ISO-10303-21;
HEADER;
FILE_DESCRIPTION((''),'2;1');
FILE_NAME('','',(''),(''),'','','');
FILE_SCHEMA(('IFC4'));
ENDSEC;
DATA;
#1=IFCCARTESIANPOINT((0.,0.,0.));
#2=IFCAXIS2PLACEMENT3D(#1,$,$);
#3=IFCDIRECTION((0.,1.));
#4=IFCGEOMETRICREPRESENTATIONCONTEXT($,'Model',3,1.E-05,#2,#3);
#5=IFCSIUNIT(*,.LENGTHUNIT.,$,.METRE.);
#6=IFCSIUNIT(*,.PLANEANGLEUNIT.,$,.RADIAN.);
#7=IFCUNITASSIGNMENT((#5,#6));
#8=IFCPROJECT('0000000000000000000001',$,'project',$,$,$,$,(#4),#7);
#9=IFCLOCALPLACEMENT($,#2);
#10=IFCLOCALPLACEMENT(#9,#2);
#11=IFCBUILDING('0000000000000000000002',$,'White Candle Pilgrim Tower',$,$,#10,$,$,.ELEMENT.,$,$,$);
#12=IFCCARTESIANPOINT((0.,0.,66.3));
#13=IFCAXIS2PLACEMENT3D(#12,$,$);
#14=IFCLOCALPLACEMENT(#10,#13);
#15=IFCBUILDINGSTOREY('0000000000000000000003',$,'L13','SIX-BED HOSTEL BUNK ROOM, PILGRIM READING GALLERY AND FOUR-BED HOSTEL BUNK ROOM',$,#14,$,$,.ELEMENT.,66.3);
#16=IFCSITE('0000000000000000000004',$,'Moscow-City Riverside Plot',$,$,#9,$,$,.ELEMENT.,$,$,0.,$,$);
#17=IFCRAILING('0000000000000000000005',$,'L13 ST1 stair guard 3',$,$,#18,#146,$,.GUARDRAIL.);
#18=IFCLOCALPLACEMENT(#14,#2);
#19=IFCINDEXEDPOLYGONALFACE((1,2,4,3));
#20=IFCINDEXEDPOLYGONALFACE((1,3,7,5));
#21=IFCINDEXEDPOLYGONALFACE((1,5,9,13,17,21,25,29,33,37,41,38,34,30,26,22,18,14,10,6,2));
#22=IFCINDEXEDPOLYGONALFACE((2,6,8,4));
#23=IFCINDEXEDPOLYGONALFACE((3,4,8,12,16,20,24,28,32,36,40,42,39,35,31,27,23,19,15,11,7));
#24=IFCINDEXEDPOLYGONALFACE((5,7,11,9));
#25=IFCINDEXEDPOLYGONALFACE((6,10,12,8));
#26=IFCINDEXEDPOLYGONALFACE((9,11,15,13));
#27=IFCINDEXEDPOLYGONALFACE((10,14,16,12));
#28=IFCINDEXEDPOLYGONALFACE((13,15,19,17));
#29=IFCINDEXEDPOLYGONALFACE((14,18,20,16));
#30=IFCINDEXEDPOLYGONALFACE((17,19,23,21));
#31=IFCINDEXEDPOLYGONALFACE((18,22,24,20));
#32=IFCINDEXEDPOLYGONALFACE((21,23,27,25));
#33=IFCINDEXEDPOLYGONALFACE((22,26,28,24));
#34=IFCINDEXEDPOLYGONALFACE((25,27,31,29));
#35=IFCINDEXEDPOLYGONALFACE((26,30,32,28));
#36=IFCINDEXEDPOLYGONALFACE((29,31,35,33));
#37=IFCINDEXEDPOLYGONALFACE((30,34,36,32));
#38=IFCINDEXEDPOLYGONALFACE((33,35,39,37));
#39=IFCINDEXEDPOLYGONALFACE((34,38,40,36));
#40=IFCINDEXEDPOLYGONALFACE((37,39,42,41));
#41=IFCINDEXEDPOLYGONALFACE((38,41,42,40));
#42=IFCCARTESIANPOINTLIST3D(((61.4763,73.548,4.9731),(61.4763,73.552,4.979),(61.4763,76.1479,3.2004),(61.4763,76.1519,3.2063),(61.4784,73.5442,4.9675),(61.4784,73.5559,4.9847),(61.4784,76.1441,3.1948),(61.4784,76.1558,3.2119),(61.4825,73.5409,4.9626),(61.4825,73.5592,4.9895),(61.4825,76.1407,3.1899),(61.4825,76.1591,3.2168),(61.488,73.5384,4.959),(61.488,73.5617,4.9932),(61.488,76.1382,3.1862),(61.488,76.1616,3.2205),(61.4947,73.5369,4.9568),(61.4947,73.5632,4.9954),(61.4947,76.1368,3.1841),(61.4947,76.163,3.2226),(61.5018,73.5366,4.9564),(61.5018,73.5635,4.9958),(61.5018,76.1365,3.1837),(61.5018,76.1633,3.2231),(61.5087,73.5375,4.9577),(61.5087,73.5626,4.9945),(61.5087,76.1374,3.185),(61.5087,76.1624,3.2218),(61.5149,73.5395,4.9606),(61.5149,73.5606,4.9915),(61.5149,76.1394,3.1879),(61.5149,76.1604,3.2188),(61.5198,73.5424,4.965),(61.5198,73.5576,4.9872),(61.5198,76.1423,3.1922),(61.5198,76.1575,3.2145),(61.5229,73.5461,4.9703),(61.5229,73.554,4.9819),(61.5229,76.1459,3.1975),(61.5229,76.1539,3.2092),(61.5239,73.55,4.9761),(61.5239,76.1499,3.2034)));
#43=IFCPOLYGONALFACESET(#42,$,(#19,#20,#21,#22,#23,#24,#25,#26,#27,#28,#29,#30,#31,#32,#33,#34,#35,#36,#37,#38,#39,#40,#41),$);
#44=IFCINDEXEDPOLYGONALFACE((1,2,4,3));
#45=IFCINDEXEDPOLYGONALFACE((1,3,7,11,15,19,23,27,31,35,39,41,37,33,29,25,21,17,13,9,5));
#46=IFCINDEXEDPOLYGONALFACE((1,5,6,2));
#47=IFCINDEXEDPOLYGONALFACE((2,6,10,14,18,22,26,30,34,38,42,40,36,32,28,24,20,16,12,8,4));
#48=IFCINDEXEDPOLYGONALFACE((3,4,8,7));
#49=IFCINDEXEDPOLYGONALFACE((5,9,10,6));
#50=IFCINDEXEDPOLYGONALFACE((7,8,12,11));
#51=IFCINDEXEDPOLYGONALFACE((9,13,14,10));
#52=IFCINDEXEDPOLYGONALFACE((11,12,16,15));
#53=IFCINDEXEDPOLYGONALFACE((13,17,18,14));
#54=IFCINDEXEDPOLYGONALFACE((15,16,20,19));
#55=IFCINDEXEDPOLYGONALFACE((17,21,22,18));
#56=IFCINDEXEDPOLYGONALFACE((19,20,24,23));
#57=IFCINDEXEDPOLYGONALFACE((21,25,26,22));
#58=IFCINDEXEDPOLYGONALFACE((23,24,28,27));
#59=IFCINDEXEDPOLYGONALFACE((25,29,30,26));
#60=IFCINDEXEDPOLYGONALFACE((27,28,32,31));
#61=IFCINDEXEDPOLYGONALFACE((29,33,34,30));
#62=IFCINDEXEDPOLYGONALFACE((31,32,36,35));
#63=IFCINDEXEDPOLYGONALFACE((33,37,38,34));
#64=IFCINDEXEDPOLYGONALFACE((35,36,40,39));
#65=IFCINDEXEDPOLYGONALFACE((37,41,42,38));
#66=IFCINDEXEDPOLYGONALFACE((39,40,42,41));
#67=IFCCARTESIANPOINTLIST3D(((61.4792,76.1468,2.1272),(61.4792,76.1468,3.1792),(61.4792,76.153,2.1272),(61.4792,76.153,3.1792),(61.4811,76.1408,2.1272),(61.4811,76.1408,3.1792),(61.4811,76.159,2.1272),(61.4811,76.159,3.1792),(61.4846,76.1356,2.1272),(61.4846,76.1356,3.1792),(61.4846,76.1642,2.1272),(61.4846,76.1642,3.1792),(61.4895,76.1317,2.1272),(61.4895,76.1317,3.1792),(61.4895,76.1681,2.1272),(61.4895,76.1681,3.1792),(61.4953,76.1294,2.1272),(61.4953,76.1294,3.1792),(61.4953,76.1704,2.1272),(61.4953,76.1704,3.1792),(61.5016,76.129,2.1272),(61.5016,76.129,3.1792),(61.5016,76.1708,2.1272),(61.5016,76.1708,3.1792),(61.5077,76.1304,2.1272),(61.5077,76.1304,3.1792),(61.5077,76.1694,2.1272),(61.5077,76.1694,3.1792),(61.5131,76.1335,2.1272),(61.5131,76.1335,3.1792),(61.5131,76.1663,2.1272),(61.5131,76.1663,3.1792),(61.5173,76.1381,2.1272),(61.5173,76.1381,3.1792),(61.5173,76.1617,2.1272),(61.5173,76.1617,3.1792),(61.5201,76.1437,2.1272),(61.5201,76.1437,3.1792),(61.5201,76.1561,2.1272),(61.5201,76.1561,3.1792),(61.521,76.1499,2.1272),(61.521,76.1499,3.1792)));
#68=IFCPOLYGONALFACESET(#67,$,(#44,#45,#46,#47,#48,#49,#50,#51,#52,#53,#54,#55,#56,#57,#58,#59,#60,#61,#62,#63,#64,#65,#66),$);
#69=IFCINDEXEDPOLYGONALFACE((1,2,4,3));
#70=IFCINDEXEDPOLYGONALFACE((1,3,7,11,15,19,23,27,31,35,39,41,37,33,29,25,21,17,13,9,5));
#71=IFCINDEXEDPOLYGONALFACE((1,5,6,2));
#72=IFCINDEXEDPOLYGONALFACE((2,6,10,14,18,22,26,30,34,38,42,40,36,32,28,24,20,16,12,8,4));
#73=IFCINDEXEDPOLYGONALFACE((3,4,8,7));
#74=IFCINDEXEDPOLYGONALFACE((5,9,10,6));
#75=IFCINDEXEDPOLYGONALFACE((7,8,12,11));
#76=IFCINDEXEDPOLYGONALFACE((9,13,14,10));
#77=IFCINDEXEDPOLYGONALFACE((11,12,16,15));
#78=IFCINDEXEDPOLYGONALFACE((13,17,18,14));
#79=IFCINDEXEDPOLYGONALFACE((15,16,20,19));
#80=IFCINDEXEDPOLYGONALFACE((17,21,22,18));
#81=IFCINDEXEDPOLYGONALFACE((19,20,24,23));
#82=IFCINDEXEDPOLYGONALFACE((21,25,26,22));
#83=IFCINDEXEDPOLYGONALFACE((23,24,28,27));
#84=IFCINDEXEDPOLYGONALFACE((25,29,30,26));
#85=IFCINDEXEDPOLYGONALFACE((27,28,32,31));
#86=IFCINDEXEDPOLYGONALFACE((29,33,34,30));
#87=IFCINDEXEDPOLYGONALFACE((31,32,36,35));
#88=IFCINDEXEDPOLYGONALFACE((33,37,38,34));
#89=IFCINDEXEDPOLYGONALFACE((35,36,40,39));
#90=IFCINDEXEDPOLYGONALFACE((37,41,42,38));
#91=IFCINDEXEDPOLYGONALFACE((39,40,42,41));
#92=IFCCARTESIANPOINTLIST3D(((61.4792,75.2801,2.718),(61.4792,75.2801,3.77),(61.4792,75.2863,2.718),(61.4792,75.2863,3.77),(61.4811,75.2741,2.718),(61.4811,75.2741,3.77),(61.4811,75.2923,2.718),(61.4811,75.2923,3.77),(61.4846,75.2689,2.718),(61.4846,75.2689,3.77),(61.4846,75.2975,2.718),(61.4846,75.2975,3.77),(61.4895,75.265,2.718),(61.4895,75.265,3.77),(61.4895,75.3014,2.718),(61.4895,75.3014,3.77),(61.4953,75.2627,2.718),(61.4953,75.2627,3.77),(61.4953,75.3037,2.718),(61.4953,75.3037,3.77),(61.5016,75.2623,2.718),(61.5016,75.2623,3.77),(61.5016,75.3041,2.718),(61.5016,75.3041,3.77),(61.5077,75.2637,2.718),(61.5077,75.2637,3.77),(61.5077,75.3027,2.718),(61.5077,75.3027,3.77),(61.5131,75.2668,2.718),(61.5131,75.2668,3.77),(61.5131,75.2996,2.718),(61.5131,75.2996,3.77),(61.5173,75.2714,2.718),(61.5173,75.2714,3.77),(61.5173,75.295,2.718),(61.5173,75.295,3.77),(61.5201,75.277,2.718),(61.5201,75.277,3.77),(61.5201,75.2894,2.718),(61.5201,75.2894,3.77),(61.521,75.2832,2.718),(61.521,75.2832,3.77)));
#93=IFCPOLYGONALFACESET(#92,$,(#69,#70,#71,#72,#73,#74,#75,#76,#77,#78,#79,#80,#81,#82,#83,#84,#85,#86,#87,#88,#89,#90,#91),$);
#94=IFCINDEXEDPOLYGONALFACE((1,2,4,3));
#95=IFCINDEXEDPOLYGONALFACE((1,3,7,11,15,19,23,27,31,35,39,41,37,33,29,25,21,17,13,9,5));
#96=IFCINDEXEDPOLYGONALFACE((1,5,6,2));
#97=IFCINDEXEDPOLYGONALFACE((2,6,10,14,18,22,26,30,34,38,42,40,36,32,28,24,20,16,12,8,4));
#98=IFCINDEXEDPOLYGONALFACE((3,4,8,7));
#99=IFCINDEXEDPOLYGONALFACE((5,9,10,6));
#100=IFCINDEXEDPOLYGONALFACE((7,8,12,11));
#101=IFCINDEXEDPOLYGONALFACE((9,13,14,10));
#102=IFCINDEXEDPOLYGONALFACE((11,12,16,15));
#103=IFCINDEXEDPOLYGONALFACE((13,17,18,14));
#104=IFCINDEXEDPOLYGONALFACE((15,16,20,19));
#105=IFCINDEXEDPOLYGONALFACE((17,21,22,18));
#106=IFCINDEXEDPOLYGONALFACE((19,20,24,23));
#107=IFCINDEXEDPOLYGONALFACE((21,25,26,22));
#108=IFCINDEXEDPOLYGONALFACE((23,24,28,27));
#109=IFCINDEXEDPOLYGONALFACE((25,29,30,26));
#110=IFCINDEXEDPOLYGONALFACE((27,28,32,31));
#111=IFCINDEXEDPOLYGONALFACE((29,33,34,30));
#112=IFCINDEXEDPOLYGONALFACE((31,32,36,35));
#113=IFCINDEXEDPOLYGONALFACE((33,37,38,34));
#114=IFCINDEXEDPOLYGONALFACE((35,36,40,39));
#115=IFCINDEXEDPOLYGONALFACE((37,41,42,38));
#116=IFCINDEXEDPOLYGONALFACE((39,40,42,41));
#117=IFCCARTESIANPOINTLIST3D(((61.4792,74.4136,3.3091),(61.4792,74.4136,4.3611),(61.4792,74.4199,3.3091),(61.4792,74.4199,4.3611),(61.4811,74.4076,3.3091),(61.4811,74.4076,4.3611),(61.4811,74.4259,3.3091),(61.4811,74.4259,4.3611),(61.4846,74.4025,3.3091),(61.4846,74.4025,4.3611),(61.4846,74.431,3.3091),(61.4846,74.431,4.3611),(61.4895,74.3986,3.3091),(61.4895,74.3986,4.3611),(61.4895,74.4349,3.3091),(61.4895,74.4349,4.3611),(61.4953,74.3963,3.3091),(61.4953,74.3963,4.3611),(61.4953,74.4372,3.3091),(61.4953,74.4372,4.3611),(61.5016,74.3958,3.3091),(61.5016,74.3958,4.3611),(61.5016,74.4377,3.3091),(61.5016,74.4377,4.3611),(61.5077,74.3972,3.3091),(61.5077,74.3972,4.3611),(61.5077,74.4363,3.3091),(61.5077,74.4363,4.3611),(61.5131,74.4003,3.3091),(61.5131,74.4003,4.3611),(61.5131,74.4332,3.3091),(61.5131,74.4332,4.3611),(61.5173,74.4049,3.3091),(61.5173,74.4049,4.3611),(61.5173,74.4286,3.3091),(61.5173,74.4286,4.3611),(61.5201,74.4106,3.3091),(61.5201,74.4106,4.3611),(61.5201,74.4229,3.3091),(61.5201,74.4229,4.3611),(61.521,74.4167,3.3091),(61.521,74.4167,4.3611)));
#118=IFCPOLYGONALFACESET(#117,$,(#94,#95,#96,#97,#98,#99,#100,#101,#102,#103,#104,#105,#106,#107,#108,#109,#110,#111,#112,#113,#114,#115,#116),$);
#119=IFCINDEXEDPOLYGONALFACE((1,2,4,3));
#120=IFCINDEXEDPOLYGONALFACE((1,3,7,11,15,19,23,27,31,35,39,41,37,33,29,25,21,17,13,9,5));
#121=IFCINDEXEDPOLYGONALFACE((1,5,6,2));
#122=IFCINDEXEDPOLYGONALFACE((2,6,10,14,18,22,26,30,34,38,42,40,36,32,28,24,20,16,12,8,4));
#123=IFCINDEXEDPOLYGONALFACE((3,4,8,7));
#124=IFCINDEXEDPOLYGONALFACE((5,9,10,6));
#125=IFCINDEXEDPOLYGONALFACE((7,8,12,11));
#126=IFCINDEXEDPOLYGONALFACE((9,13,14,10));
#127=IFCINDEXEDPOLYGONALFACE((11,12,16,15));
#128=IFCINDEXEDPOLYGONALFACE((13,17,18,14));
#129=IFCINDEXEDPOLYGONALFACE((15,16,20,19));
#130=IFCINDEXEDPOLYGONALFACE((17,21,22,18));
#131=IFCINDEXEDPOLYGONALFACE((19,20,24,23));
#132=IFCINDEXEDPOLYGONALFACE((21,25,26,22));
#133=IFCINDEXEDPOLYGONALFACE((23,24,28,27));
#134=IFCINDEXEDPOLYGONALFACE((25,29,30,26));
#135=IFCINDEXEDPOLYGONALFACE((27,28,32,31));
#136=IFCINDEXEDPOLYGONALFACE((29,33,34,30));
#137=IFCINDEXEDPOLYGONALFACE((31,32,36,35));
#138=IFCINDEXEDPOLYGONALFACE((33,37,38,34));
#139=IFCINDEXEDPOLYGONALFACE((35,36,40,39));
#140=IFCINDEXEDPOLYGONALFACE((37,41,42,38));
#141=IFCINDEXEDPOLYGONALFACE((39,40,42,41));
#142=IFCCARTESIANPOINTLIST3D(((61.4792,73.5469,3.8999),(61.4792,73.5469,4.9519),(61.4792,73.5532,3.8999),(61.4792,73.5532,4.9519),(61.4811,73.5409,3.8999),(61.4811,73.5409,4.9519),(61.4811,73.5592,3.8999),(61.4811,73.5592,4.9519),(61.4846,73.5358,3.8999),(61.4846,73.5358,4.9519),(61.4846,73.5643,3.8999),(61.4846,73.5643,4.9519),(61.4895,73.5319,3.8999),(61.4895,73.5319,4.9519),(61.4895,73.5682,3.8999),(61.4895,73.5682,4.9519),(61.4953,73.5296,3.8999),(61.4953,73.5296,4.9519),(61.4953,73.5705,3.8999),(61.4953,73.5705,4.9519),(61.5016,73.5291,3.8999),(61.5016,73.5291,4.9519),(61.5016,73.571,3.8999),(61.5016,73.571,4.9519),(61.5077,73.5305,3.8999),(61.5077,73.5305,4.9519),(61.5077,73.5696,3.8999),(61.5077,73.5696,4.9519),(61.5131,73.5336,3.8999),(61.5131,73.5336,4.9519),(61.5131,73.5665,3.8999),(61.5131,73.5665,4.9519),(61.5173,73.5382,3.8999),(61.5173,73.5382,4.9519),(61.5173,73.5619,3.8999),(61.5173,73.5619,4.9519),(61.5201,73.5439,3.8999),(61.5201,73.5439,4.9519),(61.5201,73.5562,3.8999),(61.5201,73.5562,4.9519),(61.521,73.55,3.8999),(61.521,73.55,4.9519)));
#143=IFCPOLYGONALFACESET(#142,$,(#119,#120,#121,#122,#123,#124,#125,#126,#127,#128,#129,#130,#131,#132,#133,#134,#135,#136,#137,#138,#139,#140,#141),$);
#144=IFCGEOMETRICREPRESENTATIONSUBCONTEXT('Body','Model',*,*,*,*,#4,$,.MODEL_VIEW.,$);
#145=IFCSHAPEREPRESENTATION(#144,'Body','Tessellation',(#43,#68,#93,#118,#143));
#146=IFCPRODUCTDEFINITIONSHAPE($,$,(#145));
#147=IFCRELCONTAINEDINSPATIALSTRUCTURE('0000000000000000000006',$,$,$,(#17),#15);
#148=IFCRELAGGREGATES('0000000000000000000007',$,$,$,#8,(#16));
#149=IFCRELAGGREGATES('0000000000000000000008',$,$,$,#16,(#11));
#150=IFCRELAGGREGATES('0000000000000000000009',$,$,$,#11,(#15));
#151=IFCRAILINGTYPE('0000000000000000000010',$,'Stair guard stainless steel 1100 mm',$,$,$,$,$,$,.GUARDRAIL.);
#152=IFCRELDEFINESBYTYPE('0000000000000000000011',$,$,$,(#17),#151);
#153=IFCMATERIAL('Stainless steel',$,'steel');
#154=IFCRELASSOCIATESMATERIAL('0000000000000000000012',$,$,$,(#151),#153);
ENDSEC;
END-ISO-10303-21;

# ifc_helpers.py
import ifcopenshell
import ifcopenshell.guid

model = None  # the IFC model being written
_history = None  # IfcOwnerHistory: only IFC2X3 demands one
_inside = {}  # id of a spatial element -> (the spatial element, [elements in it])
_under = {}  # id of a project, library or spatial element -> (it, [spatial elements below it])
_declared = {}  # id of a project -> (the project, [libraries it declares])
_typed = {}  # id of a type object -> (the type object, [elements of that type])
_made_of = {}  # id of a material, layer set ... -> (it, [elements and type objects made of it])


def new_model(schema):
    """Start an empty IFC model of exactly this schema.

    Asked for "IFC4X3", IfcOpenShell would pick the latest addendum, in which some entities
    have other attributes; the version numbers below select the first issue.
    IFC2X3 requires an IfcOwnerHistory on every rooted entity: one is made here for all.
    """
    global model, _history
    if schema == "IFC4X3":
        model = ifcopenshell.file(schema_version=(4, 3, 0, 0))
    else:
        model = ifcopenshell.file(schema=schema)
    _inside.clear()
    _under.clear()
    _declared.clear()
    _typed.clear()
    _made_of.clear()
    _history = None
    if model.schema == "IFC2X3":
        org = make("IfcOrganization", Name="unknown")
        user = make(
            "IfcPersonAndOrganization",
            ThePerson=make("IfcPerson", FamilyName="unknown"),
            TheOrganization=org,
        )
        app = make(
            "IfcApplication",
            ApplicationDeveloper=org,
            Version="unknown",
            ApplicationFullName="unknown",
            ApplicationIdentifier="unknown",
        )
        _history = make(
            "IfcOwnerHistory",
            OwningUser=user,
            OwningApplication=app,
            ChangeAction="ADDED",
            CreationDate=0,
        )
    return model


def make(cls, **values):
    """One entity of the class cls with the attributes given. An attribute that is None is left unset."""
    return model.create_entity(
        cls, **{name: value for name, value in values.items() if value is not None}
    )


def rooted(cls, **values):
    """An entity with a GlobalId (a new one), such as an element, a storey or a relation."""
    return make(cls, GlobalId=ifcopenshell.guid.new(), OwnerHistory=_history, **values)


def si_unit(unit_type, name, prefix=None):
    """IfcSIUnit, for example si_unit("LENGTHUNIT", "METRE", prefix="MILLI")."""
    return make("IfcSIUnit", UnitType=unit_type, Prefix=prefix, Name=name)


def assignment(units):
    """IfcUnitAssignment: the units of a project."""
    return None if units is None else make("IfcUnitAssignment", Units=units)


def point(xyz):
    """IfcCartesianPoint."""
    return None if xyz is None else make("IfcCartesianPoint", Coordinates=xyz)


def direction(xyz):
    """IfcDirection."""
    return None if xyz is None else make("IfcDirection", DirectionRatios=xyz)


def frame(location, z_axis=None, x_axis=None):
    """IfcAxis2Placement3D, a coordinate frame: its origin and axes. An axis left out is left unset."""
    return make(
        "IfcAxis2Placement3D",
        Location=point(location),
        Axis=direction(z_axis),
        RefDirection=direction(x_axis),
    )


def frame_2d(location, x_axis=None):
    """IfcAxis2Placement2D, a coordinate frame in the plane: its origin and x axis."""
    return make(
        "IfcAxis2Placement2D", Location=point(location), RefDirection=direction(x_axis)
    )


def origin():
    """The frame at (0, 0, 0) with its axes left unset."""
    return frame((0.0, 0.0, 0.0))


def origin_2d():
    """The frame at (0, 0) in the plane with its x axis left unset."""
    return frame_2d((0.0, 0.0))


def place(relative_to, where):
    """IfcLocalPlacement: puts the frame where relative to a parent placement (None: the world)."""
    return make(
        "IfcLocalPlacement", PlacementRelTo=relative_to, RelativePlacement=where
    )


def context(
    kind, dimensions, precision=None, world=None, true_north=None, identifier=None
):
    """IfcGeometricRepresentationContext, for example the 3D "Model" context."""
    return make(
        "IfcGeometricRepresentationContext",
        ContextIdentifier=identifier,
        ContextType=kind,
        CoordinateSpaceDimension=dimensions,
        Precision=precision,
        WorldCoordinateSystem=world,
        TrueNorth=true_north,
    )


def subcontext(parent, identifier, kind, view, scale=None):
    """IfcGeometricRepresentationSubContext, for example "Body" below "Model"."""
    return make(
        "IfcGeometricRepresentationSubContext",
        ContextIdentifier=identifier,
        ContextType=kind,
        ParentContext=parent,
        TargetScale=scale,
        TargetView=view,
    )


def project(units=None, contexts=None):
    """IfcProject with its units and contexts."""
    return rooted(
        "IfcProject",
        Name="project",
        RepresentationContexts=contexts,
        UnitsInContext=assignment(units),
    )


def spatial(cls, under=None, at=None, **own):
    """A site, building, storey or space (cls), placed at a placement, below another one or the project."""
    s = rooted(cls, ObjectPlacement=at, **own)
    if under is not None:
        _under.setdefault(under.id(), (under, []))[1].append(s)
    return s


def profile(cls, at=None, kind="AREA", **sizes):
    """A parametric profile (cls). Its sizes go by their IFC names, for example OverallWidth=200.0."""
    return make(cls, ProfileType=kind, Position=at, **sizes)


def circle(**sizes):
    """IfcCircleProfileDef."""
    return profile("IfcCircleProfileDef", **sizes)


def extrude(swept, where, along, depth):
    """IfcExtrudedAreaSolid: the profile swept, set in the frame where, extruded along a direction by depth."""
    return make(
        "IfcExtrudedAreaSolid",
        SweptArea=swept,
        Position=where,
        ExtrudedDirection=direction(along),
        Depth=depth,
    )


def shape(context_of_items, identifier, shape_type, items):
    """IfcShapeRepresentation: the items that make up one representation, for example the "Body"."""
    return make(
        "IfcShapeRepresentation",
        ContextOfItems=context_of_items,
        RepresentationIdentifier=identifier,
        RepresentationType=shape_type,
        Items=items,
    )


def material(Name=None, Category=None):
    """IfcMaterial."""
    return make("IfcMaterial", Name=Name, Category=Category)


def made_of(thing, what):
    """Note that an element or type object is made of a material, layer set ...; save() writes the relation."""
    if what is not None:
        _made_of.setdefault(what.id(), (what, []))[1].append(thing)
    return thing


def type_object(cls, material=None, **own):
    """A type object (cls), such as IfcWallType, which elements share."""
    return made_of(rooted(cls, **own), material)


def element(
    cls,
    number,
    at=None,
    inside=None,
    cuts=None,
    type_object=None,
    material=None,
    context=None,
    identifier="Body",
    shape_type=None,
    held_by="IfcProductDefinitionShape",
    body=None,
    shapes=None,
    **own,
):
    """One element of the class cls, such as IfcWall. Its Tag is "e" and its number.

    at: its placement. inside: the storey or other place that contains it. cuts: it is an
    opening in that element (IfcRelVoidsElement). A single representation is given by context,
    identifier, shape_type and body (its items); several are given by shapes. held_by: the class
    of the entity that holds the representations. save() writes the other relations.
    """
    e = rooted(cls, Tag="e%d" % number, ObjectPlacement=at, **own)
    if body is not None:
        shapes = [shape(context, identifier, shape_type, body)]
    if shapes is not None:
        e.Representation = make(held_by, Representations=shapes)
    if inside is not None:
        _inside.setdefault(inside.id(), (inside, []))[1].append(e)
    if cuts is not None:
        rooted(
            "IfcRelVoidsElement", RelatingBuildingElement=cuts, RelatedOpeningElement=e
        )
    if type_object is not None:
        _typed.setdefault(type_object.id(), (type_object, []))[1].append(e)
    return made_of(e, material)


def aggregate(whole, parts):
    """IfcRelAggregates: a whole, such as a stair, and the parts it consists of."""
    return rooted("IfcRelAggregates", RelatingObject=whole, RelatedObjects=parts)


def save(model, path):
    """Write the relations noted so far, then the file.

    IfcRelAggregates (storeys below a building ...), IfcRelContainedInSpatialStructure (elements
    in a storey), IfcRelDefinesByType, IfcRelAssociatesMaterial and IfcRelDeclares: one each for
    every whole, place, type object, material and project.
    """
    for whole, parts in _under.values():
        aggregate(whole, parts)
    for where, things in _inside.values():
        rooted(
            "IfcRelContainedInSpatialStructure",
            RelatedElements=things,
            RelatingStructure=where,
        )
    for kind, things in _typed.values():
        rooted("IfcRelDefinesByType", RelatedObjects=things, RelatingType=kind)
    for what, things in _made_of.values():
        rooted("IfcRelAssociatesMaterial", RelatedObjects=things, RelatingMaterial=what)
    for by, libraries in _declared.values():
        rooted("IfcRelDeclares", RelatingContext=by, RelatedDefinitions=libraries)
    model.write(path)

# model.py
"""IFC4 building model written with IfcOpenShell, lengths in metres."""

from ifc_helpers import new_model, si_unit, direction, frame, origin, origin_2d, place, context, subcontext, project, spatial, circle, extrude, material, type_object, element, save


model = new_model("IFC4")

# Units and contexts
model_context = context("Model", 3, precision=1e-05, world=origin(), true_north=direction((0.0, 1.0)))
body_context = subcontext(model_context, "Body", "Model", "MODEL_VIEW")
ifc_project = project(units=[si_unit("LENGTHUNIT", "METRE"), si_unit("PLANEANGLEUNIT", "RADIAN")], contexts=[model_context])

# Site, building, storey
site_placement = place(None, origin())
site = spatial("IfcSite", under=ifc_project, at=site_placement, Name="Moscow-City Riverside Plot", CompositionType="ELEMENT", RefElevation=0.0)
building_placement = place(site_placement, origin())
building = spatial("IfcBuilding", under=site, at=building_placement, Name="White Candle Pilgrim Tower", CompositionType="ELEMENT")
storey_placement = place(building_placement, frame((0.0, 0.0, 66.3)))
storey = spatial("IfcBuildingStorey", under=building, at=storey_placement, Name="L13", Description="SIX-BED HOSTEL BUNK ROOM, PILGRIM READING GALLERY AND FOUR-BED HOSTEL BUNK ROOM", CompositionType="ELEMENT", Elevation=66.3)

# Railing
ifc_material_1 = material(Name="Stainless steel", Category="steel")
railing_type_1 = type_object("IfcRailingType", Name="Stair guard stainless steel 1100 mm", PredefinedType="GUARDRAIL", material=ifc_material_1)
railing_1_placement = place(storey_placement, frame((61.5, 76.1499, 2.1272)))
element("IfcRailing", 1, at=railing_1_placement, inside=storey, type_object=railing_type_1, Name="L13 ST1 stair guard 3", PredefinedType="GUARDRAIL", context=body_context, shape_type="SweptSolid", body=[
    extrude(circle(Radius=0.0239, at=origin_2d()), frame((0.0, 0.0, 1.0762), z_axis=(0.0, -0.826216, 0.563354), x_axis=(1.0, 0.0, 0.0)), (0.0, 0.0, 1.0), 3.1467),
    extrude(circle(Radius=0.021, at=origin_2d()), origin(), (0.0, 0.0, 1.0), 1.052),
    extrude(circle(Radius=0.021, at=origin_2d()), frame((0.0, -0.8667, 0.5908)), (0.0, 0.0, 1.0), 1.052),
    extrude(circle(Radius=0.021, at=origin_2d()), frame((0.0, -1.7332, 1.1819)), (0.0, 0.0, 1.0), 1.052),
    extrude(circle(Radius=0.021, at=origin_2d()), frame((0.0, -2.5999, 1.7727)), (0.0, 0.0, 1.0), 1.052),
])

save(model, "model.ifc")
